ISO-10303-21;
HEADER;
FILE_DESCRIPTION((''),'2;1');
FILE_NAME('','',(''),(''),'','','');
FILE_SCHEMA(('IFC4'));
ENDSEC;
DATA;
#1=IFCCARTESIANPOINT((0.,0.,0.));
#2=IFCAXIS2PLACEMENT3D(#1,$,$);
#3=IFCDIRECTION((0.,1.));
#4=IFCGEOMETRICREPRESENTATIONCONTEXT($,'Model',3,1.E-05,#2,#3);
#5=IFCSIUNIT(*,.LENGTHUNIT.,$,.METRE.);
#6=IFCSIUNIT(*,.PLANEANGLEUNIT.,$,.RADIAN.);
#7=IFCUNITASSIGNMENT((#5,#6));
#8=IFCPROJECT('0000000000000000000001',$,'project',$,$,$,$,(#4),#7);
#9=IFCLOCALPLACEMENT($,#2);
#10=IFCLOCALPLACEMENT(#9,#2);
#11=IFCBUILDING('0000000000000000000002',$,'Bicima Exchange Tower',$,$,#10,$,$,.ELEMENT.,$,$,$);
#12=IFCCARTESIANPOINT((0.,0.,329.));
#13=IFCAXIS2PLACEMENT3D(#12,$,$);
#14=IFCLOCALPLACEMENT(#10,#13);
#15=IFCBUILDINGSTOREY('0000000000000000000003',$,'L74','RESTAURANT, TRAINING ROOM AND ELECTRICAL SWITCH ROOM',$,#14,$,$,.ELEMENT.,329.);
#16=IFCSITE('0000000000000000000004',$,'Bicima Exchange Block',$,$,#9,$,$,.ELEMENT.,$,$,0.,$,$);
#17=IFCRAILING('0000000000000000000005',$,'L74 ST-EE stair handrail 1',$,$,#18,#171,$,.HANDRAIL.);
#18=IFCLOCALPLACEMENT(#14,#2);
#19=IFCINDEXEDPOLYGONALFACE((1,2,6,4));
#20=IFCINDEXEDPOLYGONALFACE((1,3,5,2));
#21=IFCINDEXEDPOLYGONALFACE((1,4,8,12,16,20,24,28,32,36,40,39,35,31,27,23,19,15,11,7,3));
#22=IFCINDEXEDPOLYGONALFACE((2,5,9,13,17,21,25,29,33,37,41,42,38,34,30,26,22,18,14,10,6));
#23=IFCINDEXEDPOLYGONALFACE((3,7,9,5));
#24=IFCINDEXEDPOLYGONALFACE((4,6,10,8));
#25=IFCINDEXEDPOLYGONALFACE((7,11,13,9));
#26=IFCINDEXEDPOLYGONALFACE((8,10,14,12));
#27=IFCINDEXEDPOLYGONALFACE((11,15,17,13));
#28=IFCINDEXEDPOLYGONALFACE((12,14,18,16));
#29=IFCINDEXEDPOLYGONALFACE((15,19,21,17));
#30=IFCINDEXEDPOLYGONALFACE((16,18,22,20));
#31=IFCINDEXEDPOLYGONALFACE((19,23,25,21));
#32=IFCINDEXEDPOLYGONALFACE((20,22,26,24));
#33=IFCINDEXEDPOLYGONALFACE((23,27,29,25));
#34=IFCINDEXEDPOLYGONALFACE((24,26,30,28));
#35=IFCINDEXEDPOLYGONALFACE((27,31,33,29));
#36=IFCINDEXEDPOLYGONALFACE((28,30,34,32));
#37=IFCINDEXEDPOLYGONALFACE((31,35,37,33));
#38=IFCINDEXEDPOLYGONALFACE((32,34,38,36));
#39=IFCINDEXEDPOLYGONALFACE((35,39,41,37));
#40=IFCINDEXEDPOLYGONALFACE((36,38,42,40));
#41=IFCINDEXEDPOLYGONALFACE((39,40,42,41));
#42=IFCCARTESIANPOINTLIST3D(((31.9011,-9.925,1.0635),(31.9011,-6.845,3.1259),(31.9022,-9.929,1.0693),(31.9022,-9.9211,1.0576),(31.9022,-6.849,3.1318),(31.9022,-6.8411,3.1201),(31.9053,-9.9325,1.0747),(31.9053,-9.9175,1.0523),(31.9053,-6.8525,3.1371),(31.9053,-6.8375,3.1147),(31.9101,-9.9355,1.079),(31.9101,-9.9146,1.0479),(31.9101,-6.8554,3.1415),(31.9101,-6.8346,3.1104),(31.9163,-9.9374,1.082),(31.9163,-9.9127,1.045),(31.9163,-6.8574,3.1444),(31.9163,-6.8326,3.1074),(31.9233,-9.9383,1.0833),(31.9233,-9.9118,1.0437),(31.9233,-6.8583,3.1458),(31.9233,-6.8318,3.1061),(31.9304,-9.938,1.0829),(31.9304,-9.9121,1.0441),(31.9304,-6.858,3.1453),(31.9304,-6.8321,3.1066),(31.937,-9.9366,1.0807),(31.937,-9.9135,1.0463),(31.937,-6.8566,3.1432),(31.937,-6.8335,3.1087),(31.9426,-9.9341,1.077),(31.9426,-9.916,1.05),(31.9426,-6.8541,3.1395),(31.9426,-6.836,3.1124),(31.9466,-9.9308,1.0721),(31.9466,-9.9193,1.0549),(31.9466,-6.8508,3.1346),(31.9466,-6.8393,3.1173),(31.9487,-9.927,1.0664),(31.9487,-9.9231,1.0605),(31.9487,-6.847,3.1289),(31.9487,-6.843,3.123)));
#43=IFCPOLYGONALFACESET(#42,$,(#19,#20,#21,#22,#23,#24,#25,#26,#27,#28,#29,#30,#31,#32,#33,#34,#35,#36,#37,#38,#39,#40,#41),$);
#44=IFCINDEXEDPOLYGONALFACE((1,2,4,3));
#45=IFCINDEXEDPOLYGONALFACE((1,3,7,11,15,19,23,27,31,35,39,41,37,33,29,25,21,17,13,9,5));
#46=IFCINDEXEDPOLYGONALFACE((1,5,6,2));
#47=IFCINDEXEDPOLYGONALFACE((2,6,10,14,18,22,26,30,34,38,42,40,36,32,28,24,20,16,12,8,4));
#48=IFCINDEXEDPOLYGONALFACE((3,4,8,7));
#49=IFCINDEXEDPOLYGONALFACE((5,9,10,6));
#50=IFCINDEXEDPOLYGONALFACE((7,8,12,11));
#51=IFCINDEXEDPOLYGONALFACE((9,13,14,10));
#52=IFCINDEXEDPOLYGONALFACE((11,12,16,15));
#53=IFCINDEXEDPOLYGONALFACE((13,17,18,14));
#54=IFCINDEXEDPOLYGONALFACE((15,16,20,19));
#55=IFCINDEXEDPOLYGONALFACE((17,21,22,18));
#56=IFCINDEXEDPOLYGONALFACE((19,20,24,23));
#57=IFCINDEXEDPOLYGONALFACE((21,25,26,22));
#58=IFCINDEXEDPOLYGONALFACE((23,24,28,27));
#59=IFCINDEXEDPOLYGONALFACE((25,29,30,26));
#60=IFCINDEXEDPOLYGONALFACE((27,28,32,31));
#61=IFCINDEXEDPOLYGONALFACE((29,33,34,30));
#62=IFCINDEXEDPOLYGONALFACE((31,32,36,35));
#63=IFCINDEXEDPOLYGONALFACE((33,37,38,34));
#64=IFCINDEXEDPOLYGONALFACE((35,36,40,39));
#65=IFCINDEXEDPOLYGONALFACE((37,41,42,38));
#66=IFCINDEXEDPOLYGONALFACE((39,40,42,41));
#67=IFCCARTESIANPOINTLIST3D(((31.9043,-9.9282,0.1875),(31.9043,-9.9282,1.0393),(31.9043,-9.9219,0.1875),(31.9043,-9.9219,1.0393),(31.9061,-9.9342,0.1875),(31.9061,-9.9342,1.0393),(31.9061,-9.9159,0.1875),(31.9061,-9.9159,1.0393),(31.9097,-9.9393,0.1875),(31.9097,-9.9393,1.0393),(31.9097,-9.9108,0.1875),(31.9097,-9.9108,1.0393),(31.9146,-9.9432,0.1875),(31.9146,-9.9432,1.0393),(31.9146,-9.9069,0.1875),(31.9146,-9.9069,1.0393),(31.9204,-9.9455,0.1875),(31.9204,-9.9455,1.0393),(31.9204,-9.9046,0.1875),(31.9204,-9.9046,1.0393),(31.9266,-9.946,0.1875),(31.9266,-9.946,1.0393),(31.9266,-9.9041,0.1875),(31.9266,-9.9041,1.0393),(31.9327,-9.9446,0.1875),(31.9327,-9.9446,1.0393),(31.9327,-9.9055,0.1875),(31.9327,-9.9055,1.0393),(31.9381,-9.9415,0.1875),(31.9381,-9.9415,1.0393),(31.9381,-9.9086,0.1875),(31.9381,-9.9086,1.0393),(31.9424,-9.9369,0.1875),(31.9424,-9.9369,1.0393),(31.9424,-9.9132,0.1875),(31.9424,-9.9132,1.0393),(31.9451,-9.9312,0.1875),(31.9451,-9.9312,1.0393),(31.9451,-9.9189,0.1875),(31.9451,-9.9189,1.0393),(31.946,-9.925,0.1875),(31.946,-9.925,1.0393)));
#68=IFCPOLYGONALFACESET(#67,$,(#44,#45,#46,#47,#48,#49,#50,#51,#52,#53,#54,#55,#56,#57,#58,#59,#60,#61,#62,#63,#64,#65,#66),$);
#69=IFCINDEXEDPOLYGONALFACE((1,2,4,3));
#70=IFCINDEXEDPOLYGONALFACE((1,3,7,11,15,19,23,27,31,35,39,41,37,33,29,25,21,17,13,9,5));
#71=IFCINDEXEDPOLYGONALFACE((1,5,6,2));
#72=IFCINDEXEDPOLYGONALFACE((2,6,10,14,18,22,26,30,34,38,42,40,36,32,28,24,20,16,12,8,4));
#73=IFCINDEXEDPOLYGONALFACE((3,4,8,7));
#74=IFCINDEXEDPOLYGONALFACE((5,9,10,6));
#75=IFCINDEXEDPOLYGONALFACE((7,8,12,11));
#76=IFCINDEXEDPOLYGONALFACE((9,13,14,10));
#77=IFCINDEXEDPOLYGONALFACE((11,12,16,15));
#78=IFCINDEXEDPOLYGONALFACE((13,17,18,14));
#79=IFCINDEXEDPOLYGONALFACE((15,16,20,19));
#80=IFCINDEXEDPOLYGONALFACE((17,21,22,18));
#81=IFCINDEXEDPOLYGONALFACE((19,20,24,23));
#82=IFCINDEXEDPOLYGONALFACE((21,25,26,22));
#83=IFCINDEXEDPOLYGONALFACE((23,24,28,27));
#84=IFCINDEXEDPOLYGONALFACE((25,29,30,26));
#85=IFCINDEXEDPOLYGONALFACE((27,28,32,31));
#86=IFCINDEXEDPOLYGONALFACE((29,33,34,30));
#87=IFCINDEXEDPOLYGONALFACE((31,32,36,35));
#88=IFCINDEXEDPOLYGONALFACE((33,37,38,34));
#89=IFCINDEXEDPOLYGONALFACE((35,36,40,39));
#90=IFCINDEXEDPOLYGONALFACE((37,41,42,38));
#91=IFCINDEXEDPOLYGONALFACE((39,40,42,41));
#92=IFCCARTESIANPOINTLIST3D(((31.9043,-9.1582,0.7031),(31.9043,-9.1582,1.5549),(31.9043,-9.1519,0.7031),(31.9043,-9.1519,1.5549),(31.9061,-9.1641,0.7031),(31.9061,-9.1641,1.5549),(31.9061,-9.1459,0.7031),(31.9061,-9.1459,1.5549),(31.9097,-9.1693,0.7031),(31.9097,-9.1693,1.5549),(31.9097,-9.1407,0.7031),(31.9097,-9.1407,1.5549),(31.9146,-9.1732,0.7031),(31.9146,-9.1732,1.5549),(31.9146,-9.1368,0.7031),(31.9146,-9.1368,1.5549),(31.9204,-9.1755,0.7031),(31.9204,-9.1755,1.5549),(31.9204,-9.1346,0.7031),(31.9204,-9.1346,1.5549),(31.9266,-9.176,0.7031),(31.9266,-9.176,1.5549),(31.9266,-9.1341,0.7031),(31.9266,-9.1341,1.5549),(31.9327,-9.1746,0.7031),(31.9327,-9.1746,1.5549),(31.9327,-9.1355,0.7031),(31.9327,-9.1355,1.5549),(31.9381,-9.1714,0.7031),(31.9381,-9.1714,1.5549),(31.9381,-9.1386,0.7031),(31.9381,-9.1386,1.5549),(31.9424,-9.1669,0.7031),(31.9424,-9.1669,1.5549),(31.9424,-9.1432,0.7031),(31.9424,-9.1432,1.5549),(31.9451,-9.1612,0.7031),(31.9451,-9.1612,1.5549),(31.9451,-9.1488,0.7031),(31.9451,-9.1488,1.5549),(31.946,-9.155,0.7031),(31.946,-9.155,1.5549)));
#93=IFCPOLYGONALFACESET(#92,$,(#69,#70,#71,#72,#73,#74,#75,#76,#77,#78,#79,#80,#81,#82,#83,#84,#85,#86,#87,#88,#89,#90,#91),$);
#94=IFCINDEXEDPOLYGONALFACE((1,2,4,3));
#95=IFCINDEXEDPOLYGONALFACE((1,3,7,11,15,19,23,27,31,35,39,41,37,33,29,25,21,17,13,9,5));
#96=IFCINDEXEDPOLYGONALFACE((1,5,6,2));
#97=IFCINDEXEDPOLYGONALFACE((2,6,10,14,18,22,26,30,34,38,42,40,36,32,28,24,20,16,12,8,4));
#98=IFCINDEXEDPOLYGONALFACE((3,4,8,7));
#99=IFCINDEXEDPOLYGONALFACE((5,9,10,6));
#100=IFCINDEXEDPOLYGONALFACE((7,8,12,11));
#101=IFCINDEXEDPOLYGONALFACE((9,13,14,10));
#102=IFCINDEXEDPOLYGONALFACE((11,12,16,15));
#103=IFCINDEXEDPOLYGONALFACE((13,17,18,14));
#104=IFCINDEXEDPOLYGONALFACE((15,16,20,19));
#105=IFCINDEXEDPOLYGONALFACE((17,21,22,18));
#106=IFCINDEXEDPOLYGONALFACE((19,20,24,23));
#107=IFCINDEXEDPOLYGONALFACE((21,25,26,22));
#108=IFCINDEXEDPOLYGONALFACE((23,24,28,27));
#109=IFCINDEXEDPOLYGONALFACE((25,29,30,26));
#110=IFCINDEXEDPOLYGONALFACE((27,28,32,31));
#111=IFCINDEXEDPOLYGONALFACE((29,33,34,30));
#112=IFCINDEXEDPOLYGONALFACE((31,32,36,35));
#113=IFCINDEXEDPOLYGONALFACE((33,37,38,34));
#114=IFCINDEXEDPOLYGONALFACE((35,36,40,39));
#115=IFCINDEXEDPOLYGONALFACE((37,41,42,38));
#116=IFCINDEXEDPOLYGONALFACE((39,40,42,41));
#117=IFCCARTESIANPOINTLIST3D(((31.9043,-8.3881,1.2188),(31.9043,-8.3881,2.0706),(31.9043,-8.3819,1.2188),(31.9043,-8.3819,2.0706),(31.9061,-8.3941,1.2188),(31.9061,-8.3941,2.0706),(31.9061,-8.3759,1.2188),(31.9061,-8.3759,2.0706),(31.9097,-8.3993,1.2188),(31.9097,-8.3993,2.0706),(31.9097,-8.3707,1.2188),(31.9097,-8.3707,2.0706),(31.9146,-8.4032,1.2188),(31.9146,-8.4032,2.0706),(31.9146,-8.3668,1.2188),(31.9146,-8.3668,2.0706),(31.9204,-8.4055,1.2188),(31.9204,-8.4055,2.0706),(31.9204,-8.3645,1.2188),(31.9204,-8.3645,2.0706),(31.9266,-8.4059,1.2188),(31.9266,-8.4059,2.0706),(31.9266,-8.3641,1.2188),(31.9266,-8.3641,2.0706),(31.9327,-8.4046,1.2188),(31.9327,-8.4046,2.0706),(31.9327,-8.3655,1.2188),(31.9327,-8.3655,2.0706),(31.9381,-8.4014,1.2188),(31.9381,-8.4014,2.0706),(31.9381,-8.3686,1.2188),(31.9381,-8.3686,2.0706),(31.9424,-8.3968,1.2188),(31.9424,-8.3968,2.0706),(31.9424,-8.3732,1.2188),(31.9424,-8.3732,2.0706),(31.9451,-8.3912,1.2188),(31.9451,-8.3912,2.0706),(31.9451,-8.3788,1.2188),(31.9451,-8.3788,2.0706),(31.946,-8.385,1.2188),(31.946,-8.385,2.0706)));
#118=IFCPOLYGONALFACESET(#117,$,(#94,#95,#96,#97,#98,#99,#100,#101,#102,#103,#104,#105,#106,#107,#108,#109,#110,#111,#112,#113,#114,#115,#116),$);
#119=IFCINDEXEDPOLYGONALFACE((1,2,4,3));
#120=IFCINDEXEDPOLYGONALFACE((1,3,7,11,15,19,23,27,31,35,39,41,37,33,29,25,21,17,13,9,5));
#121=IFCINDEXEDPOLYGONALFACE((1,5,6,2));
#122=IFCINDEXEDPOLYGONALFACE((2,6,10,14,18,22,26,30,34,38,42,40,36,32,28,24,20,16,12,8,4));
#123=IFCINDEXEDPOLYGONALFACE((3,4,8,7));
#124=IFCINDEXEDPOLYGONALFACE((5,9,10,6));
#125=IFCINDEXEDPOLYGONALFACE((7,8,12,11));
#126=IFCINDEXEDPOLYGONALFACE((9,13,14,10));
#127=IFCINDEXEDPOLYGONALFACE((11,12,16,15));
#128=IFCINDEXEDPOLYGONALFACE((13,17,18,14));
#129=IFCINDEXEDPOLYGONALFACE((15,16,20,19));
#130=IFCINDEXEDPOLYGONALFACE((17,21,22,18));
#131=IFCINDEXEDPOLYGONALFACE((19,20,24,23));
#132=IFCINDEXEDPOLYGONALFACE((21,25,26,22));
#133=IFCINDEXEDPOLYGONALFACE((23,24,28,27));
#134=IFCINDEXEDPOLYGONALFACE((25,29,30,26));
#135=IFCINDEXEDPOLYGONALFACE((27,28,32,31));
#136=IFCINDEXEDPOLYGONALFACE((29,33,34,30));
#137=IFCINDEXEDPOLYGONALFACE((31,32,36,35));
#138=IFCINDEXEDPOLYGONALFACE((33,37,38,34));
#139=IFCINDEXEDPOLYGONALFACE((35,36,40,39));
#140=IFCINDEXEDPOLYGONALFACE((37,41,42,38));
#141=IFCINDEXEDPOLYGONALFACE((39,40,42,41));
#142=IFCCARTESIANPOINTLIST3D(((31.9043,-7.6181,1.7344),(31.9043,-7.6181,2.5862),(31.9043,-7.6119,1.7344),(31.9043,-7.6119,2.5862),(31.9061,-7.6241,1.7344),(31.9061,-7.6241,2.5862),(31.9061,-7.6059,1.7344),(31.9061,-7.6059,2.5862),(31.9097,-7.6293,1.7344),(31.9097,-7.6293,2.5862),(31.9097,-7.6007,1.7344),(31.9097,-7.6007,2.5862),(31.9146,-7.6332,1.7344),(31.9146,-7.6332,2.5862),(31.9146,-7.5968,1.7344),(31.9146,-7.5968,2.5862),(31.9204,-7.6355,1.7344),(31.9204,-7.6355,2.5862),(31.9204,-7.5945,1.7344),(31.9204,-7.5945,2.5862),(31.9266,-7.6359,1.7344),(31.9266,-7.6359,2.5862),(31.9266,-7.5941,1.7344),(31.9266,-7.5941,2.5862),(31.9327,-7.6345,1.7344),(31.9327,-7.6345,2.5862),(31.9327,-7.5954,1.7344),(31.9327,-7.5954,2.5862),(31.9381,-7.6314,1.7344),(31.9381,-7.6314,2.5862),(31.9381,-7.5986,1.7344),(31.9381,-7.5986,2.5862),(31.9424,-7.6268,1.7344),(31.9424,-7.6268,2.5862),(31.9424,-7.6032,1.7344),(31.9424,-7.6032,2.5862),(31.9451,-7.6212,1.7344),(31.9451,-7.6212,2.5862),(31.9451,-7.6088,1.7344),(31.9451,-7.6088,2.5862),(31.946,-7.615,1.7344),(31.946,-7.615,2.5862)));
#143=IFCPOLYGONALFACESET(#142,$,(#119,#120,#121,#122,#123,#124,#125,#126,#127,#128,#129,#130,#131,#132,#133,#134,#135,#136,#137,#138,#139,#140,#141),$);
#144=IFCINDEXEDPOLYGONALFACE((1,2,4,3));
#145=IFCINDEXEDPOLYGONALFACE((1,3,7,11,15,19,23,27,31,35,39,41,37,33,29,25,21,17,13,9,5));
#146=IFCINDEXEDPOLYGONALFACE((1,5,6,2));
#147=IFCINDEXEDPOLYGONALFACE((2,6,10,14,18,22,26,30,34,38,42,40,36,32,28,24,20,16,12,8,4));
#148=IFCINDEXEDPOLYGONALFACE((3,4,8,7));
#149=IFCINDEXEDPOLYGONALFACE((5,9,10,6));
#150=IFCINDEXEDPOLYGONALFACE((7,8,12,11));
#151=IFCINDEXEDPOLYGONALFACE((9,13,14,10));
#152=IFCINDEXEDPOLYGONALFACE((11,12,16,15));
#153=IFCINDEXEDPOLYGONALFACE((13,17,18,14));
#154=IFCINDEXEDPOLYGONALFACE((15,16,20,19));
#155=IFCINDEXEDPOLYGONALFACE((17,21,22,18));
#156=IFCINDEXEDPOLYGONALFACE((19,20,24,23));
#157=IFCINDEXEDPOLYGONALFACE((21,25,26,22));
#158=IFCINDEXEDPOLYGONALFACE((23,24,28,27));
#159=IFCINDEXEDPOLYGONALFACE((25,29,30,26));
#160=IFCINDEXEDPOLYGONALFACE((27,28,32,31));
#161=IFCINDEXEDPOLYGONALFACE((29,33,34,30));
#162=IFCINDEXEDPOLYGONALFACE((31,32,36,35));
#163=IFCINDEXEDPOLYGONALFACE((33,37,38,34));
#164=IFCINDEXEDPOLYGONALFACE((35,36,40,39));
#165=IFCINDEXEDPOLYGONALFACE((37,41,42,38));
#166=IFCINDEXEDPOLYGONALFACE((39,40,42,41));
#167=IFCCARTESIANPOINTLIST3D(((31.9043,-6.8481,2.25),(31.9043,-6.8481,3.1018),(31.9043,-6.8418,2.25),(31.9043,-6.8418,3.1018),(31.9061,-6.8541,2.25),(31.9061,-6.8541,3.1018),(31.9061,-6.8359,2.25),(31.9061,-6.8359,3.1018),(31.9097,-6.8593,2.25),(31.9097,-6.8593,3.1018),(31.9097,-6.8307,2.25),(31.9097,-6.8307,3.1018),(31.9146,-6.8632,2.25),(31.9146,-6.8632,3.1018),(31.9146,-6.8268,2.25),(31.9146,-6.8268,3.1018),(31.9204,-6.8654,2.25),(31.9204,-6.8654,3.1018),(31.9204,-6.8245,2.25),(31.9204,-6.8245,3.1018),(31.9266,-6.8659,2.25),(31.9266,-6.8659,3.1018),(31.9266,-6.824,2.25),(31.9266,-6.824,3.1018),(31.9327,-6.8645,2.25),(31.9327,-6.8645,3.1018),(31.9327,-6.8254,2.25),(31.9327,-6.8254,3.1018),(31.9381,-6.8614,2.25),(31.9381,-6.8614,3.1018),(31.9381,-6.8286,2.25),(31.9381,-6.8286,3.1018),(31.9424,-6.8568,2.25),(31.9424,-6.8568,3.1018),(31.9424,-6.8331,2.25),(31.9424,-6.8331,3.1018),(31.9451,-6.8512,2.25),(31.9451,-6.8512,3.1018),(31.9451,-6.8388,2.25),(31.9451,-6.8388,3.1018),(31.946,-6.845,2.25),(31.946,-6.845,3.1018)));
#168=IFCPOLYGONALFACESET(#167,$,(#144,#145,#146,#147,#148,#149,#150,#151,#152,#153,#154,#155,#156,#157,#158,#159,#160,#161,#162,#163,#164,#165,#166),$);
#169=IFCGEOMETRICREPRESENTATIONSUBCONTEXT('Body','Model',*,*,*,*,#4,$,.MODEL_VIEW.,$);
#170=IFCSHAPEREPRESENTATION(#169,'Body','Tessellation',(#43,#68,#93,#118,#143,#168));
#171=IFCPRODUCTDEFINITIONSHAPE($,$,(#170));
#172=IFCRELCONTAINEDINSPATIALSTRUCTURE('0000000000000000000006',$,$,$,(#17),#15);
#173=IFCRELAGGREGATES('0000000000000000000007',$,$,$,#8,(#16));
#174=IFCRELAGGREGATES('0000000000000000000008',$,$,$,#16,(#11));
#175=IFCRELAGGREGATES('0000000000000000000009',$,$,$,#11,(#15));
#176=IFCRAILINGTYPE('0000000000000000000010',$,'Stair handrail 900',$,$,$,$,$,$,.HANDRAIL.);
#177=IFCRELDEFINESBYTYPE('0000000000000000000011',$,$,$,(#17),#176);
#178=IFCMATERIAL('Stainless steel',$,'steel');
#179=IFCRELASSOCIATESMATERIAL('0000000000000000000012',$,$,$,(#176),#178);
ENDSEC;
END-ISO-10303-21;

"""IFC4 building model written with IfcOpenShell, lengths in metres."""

from ifc_helpers import new_model, si_unit, direction, frame, origin, origin_2d, place, context, subcontext, project, spatial, circle, extrude, material, type_object, element, save


model = new_model("IFC4")

# Units and contexts
model_context = context("Model", 3, precision=1e-05, world=origin(), true_north=direction((0.0, 1.0)))
body_context = subcontext(model_context, "Body", "Model", "MODEL_VIEW")
ifc_project = project(units=[si_unit("LENGTHUNIT", "METRE"), si_unit("PLANEANGLEUNIT", "RADIAN")], contexts=[model_context])

# Site, building, storey
site_placement = place(None, origin())
site = spatial("IfcSite", under=ifc_project, at=site_placement, Name="Bicima Exchange Block", CompositionType="ELEMENT", RefElevation=0.0)
building_placement = place(site_placement, origin())
building = spatial("IfcBuilding", under=site, at=building_placement, Name="Bicima Exchange Tower", CompositionType="ELEMENT")
storey_placement = place(building_placement, frame((0.0, 0.0, 329.0)))
storey = spatial("IfcBuildingStorey", under=building, at=storey_placement, Name="L74", Description="RESTAURANT, TRAINING ROOM AND ELECTRICAL SWITCH ROOM", CompositionType="ELEMENT", Elevation=329.0)

# Railing
ifc_material_1 = material(Name="Stainless steel", Category="steel")
railing_type_1 = type_object("IfcRailingType", Name="Stair handrail 900", PredefinedType="HANDRAIL", material=ifc_material_1)
railing_1_placement = place(storey_placement, frame((31.925, -9.925, 0.1875)))
element("IfcRailing", 1, at=railing_1_placement, inside=storey, type_object=railing_type_1, Name="L74 ST-EE stair handrail 1", PredefinedType="HANDRAIL", context=body_context, shape_type="SweptSolid", body=[
    extrude(circle(Radius=0.0239, at=origin_2d()), frame((0.0, 0.0, 0.876), z_axis=(0.0, 0.830914, 0.556401), x_axis=(-1.0, 0.0, 0.0)), (0.0, 0.0, 1.0), 3.7068),
    extrude(circle(Radius=0.021, at=origin_2d()), origin(), (0.0, 0.0, 1.0), 0.8518),
    extrude(circle(Radius=0.021, at=origin_2d()), frame((0.0, 0.77, 0.5156)), (0.0, 0.0, 1.0), 0.8518),
    extrude(circle(Radius=0.021, at=origin_2d()), frame((0.0, 1.54, 1.0312)), (0.0, 0.0, 1.0), 0.8518),
    extrude(circle(Radius=0.021, at=origin_2d()), frame((0.0, 2.3101, 1.5469)), (0.0, 0.0, 1.0), 0.8518),
    extrude(circle(Radius=0.021, at=origin_2d()), frame((0.0, 3.0801, 2.0625)), (0.0, 0.0, 1.0), 0.8518),
])

save(model, "model.ifc")
